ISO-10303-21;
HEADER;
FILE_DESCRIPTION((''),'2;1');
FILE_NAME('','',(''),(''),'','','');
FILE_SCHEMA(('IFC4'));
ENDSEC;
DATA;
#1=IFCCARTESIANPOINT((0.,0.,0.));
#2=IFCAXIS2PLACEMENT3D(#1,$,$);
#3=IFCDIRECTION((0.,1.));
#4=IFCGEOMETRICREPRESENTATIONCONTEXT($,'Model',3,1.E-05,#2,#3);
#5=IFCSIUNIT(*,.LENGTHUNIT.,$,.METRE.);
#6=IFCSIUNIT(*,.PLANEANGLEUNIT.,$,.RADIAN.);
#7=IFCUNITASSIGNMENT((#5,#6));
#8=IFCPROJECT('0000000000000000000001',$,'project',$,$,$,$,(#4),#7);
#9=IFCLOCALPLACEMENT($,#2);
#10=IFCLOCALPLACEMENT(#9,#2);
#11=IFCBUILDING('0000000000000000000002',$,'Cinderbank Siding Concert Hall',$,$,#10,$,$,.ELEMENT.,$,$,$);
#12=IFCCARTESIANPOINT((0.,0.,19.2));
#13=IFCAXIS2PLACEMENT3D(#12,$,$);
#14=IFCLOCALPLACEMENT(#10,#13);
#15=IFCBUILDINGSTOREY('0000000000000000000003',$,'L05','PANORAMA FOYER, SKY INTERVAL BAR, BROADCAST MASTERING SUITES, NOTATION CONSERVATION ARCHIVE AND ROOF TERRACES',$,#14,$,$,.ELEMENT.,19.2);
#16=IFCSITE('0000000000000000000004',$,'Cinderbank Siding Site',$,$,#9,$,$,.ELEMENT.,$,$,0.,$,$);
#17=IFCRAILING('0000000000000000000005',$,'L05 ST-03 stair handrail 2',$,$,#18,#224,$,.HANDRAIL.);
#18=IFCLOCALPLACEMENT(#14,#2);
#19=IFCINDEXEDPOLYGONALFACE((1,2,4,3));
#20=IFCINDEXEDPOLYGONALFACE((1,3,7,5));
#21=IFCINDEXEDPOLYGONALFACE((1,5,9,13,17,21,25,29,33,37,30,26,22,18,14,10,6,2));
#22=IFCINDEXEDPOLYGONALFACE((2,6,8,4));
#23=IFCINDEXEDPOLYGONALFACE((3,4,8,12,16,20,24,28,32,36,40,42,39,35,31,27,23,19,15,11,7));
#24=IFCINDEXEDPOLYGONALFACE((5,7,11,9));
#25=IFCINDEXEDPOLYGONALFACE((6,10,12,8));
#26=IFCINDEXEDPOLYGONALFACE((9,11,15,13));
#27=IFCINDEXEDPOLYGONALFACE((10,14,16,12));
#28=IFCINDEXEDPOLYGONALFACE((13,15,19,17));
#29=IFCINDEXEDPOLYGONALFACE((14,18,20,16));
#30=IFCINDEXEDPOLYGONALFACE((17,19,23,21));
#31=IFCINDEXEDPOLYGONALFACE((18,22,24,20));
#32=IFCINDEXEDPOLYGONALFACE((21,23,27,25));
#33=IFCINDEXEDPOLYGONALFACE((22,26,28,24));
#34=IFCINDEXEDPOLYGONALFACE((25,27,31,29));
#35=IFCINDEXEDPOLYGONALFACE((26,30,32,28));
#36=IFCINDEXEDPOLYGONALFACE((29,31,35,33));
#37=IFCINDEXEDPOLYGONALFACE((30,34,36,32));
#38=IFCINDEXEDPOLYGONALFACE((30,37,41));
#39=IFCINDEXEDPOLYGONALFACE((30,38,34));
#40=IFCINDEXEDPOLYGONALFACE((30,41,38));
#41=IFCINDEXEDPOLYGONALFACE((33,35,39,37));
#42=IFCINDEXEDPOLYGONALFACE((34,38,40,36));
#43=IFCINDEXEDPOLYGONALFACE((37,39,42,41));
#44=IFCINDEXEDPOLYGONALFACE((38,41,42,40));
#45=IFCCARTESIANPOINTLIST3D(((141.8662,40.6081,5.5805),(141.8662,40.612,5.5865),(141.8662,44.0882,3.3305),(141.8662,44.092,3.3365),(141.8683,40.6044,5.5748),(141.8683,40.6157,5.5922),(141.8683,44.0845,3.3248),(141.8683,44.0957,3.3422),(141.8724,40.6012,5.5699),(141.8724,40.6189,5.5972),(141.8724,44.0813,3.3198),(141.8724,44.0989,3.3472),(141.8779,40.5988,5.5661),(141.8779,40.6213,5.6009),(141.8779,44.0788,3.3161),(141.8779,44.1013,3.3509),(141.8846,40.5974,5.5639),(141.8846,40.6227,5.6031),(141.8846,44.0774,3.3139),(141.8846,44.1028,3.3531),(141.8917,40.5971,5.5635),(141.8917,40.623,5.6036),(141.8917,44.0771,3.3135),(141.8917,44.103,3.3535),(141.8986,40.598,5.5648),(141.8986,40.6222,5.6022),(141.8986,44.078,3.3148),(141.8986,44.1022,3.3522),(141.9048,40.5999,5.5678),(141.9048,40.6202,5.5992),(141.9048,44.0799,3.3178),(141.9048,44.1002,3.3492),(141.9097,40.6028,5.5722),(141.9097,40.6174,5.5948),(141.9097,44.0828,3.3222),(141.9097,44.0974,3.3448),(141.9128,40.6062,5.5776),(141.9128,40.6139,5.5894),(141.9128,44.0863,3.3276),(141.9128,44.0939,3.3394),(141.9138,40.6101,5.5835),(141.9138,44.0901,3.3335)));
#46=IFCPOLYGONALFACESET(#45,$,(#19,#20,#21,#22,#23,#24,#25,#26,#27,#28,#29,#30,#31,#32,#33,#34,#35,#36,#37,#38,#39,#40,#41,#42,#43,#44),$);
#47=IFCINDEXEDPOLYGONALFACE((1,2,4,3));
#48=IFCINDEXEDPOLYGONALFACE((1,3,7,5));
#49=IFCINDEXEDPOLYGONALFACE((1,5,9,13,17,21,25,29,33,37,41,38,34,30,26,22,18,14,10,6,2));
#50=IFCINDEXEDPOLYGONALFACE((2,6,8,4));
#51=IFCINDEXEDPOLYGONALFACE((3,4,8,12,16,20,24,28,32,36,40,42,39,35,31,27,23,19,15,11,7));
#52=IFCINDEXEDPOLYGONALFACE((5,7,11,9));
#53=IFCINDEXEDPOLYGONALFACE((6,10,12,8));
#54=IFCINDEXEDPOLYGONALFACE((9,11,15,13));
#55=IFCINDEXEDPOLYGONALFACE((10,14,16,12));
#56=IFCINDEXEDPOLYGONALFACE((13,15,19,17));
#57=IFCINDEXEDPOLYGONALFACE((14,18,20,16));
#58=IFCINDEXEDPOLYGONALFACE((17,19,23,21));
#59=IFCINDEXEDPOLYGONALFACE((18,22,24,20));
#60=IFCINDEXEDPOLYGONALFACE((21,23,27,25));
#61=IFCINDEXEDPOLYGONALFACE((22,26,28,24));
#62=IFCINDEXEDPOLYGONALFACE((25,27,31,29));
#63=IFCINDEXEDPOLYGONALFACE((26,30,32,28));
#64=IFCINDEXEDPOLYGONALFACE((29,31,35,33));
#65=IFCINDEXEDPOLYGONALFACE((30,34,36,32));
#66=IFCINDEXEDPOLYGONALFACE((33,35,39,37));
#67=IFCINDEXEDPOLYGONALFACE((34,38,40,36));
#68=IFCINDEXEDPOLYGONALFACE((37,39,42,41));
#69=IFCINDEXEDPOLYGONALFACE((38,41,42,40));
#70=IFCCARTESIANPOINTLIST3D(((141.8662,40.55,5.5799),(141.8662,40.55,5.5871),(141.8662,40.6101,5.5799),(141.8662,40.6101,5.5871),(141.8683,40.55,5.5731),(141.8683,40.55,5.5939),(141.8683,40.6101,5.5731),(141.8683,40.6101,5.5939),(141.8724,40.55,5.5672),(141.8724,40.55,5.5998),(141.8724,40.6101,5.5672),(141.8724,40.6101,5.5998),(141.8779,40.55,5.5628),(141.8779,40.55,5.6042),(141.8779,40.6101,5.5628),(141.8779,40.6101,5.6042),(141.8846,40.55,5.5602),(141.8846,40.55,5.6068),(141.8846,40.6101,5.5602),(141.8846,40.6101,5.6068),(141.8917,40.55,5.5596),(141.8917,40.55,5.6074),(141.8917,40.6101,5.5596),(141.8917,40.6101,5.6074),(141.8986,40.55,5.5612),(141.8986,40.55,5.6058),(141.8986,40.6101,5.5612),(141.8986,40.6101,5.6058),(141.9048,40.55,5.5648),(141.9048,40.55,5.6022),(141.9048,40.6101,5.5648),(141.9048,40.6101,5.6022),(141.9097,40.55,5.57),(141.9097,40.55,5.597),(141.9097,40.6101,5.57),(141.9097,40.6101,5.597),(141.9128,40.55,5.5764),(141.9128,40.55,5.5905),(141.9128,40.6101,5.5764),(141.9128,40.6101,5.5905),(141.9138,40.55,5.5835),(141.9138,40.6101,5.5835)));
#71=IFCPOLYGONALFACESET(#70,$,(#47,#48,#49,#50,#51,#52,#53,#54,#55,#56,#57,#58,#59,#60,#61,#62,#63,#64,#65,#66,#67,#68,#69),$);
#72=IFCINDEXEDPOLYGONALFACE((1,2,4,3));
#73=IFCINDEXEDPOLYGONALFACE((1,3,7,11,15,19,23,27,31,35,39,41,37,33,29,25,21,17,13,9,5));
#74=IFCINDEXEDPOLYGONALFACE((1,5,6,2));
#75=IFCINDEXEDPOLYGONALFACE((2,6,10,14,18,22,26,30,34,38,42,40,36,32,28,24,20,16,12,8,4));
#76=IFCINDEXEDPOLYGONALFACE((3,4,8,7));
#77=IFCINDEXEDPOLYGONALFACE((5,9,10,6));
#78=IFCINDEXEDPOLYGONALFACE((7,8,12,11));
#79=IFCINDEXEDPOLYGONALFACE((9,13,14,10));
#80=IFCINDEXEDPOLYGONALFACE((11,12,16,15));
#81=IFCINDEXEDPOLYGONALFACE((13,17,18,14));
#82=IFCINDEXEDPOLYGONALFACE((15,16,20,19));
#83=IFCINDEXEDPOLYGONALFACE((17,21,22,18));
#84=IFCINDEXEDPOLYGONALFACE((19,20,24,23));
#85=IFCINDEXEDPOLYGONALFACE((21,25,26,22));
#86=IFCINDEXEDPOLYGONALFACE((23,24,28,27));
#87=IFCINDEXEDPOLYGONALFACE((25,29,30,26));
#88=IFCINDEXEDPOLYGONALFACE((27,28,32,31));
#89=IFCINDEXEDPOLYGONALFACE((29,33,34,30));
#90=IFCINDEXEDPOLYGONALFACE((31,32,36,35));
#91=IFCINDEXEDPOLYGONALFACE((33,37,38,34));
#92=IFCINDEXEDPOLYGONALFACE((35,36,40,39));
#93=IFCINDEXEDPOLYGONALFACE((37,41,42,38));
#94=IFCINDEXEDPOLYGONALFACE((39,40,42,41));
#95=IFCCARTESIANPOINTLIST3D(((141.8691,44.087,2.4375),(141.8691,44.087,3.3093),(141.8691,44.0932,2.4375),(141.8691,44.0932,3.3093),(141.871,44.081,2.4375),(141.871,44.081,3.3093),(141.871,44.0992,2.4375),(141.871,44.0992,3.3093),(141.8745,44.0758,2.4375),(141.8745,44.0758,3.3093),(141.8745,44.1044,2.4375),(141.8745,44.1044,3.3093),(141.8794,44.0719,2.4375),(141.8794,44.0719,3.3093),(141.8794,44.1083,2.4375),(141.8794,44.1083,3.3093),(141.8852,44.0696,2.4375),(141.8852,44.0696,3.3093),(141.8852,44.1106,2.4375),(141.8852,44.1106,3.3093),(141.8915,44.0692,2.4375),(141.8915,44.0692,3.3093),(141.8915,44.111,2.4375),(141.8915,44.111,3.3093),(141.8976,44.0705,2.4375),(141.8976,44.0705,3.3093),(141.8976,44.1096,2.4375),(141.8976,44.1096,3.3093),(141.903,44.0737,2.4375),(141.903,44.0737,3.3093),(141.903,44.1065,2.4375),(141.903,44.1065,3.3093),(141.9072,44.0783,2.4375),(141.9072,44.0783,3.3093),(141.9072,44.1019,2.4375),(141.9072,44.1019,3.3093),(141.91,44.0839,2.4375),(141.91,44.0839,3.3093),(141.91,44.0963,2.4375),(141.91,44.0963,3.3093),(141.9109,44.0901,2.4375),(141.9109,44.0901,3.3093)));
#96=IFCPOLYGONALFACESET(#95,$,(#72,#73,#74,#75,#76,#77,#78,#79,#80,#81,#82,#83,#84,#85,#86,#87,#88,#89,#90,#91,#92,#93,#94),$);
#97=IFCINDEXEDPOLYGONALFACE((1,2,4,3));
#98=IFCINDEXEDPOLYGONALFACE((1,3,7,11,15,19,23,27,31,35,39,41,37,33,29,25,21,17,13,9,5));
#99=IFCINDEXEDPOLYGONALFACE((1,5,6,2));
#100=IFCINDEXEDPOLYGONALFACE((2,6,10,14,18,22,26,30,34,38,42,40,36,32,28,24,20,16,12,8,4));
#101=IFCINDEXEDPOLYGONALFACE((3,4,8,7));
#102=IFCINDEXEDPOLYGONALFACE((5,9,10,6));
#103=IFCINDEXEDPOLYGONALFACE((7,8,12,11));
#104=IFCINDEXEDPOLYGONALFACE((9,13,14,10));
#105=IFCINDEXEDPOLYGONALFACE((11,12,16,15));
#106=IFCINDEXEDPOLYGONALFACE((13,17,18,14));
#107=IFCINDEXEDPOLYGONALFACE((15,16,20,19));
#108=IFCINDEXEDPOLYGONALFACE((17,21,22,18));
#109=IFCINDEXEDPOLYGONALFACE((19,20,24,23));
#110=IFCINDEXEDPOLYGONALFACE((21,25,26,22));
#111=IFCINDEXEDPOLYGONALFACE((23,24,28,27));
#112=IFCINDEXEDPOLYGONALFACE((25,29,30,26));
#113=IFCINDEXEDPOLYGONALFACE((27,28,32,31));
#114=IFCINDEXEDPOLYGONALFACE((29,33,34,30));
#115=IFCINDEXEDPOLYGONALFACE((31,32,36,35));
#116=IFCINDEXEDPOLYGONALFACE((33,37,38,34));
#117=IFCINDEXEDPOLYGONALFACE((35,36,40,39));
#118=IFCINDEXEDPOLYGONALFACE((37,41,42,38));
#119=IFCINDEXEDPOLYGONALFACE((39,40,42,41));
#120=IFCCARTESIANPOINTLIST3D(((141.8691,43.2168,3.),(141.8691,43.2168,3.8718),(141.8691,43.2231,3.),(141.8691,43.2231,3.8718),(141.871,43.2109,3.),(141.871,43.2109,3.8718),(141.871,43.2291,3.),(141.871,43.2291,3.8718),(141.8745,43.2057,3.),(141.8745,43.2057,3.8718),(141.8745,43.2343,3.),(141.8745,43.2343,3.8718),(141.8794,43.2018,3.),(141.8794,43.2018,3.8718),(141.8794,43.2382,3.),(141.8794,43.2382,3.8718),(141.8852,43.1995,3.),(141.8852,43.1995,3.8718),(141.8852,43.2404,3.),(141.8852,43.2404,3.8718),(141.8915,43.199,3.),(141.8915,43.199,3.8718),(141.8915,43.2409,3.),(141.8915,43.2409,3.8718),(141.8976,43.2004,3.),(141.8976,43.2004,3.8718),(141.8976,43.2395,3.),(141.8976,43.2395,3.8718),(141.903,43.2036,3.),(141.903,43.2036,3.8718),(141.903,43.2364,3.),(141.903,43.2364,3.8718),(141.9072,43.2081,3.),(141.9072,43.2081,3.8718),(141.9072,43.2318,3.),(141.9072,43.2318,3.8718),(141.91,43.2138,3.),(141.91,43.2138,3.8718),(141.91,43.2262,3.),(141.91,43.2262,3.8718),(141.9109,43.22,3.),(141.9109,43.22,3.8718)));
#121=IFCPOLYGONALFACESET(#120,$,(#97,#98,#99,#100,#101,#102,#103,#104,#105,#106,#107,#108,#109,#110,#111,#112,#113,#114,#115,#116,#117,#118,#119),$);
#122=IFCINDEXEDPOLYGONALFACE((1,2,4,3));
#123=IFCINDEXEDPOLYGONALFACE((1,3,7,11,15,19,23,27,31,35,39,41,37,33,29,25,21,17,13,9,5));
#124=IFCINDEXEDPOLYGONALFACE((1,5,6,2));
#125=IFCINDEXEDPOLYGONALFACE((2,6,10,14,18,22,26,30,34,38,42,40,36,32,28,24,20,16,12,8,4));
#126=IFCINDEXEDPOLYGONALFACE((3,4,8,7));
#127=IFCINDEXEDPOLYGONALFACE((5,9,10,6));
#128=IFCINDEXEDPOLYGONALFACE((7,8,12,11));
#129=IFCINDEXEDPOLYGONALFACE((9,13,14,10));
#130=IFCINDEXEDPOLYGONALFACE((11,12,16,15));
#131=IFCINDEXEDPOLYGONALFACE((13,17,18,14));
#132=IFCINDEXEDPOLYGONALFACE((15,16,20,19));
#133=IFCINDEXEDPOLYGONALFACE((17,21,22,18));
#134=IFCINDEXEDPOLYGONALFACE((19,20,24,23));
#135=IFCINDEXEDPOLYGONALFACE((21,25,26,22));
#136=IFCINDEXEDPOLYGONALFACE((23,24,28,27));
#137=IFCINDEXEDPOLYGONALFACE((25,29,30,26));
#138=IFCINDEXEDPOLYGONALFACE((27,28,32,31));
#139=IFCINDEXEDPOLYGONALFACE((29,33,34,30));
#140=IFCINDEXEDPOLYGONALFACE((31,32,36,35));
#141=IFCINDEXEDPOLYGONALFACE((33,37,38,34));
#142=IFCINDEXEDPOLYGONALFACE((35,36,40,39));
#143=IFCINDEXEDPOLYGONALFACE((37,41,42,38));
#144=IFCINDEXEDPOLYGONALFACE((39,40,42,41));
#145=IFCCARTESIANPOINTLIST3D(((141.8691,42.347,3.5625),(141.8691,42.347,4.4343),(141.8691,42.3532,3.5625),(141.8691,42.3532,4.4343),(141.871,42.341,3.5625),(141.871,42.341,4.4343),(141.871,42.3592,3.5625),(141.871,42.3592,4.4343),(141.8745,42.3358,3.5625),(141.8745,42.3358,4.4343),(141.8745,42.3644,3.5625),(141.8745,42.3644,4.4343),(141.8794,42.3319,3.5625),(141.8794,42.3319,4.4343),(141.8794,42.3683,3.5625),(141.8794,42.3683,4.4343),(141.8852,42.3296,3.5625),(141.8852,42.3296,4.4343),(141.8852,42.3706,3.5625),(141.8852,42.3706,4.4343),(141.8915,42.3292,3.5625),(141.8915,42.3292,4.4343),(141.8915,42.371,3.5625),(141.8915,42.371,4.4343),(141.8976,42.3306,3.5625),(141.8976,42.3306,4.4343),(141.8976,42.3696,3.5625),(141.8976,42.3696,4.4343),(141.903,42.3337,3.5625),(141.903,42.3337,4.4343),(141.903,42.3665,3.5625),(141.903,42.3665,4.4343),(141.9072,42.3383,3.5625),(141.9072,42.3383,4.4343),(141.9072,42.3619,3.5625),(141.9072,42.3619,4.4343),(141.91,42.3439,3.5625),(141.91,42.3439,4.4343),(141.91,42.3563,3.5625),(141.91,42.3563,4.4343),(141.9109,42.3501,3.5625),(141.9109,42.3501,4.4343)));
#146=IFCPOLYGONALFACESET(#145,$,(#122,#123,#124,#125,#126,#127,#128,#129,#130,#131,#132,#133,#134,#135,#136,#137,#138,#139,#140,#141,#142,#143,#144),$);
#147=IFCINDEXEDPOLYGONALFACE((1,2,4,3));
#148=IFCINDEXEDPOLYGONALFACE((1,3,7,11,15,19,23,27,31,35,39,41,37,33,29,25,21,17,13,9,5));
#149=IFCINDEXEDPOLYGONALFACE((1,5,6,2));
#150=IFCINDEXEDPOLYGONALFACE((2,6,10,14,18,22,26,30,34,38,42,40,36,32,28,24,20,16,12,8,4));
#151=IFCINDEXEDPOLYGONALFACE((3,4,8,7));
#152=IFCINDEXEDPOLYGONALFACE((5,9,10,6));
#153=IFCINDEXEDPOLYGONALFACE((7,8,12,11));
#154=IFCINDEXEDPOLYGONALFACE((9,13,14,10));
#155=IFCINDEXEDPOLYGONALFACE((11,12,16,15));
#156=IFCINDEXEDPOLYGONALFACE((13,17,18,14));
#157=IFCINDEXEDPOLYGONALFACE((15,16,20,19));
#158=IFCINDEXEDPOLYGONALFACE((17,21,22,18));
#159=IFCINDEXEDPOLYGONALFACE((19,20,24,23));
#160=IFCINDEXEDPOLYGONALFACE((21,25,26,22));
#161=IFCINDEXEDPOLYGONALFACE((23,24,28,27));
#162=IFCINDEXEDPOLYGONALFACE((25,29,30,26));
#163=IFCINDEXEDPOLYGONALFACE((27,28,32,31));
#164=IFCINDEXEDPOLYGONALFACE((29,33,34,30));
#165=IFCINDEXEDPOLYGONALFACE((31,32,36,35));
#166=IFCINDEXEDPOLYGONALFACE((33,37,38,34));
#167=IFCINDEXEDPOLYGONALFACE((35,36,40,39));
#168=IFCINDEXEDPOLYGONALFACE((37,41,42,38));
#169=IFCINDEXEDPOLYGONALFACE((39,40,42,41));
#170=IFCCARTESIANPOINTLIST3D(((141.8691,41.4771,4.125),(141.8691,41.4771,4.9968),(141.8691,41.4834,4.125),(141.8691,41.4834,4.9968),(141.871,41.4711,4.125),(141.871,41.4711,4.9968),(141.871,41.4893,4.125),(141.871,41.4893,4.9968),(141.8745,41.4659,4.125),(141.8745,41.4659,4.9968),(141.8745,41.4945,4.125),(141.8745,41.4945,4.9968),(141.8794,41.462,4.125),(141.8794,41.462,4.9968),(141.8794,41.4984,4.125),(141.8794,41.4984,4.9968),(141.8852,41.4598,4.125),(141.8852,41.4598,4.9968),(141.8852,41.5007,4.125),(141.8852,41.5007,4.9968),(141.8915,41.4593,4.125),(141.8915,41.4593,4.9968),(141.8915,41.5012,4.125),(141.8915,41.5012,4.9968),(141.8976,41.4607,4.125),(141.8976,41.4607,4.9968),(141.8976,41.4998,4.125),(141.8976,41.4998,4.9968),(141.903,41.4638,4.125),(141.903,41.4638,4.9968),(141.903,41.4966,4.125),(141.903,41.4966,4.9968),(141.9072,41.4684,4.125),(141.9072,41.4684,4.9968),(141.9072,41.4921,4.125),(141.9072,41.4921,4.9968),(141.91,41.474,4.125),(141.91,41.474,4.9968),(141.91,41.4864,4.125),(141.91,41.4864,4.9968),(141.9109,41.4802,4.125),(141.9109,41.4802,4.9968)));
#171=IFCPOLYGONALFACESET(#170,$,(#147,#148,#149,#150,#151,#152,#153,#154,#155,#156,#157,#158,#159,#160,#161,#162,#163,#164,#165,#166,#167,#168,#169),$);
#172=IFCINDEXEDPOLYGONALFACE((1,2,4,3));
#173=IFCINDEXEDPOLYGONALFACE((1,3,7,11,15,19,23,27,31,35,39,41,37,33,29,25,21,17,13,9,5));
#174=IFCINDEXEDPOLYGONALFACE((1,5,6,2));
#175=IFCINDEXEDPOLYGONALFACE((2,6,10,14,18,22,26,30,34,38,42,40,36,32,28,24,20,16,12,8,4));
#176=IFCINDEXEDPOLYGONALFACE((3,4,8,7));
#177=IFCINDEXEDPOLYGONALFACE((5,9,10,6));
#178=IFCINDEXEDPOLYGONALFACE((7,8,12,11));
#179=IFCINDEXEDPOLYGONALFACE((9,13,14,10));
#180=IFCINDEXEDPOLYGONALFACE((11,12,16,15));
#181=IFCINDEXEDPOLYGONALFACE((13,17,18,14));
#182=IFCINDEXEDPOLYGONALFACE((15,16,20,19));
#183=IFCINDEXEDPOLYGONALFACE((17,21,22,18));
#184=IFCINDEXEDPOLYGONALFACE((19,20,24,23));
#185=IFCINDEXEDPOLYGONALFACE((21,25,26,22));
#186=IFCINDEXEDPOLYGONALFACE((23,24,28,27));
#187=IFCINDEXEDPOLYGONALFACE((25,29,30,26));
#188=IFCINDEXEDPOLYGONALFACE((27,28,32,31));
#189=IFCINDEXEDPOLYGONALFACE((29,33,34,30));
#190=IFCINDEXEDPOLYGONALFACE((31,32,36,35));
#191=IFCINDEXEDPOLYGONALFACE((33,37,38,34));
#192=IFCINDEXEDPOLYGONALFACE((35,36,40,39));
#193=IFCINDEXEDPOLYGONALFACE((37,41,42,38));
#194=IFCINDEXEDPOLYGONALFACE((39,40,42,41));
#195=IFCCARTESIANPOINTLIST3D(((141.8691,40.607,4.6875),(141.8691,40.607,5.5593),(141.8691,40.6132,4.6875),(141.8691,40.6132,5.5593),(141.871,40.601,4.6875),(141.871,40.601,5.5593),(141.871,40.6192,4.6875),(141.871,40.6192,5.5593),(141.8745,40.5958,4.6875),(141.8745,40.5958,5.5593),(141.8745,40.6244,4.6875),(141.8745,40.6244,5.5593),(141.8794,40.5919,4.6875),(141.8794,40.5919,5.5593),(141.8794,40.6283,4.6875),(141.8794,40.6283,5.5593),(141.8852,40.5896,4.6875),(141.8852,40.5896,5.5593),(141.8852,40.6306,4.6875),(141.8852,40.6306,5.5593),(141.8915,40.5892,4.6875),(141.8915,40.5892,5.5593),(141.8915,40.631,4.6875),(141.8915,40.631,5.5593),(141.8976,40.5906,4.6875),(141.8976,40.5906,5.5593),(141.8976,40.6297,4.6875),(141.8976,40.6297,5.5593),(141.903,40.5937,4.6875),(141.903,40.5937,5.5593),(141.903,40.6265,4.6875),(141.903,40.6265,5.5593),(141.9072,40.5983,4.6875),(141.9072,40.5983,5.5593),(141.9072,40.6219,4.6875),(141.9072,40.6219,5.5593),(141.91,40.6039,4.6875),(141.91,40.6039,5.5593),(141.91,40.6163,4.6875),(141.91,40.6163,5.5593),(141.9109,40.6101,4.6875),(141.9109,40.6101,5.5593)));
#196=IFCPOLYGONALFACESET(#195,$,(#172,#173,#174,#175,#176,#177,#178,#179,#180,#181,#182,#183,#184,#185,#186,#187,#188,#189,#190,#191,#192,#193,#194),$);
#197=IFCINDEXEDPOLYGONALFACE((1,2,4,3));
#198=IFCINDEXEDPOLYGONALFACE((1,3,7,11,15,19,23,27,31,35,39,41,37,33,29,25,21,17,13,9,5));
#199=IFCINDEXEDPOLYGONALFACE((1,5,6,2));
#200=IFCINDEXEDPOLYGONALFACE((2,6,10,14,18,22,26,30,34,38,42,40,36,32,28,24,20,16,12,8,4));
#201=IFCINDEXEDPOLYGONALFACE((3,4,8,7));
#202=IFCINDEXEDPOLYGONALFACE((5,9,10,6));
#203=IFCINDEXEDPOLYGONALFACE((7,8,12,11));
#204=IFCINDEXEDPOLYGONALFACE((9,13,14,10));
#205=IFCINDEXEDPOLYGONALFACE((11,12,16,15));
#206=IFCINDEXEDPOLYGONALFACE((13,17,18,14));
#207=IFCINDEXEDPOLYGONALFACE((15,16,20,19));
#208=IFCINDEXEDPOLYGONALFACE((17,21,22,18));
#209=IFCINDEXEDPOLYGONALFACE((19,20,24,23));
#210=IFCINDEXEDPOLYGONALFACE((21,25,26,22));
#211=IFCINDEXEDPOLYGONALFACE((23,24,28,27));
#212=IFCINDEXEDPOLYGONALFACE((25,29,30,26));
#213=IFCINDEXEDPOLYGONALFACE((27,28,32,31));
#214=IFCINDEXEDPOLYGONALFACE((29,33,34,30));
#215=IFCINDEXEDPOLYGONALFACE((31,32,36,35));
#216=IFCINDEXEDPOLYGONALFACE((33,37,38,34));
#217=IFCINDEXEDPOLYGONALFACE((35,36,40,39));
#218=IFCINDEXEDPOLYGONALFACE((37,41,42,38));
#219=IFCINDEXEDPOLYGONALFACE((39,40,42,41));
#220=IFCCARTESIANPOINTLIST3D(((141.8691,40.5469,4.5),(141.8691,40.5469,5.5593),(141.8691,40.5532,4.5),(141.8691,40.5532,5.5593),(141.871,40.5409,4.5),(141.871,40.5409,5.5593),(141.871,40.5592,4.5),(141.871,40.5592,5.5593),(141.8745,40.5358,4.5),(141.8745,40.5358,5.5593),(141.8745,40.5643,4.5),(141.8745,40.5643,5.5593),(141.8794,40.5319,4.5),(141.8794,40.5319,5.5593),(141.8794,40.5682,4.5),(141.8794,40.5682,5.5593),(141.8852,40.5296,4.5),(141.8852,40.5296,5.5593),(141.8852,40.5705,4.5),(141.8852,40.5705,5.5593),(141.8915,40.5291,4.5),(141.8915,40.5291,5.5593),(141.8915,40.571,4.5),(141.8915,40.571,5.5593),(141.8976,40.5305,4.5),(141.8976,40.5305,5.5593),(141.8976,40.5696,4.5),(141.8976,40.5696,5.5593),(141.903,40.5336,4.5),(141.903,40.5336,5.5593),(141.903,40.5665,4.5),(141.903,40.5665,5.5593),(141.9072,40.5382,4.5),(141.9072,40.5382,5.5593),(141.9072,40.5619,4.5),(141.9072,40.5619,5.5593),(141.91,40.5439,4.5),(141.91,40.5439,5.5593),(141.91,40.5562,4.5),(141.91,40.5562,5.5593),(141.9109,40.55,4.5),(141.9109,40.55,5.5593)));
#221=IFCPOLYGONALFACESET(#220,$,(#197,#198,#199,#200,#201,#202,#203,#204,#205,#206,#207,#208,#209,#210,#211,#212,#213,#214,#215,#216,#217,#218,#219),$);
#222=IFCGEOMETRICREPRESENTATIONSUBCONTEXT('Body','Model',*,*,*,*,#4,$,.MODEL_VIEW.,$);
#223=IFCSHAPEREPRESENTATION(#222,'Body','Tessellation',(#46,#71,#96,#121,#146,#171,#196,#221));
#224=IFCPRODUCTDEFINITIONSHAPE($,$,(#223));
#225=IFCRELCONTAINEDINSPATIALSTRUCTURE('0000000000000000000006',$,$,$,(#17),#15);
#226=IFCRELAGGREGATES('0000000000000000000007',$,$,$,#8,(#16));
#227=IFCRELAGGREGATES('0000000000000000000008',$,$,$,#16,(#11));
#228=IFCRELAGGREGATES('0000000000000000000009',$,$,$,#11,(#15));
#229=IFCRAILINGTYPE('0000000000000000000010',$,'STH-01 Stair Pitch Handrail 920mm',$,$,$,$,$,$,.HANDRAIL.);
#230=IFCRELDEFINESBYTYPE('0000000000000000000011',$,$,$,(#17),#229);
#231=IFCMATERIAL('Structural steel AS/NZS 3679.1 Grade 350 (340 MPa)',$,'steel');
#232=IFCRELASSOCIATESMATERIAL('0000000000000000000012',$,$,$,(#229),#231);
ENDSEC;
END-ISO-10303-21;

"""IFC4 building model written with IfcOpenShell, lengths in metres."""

from ifc_helpers import new_model, si_unit, direction, frame, origin, origin_2d, place, context, subcontext, project, spatial, circle, extrude, material, type_object, element, save


model = new_model("IFC4")

# Units and contexts
model_context = context("Model", 3, precision=1e-05, world=origin(), true_north=direction((0.0, 1.0)))
body_context = subcontext(model_context, "Body", "Model", "MODEL_VIEW")
ifc_project = project(units=[si_unit("LENGTHUNIT", "METRE"), si_unit("PLANEANGLEUNIT", "RADIAN")], contexts=[model_context])

# Site, building, storey
site_placement = place(None, origin())
site = spatial("IfcSite", under=ifc_project, at=site_placement, Name="Cinderbank Siding Site", CompositionType="ELEMENT", RefElevation=0.0)
building_placement = place(site_placement, origin())
building = spatial("IfcBuilding", under=site, at=building_placement, Name="Cinderbank Siding Concert Hall", CompositionType="ELEMENT")
storey_placement = place(building_placement, frame((0.0, 0.0, 19.2)))
storey = spatial("IfcBuildingStorey", under=building, at=storey_placement, Name="L05", Description="PANORAMA FOYER, SKY INTERVAL BAR, BROADCAST MASTERING SUITES, NOTATION CONSERVATION ARCHIVE AND ROOF TERRACES", CompositionType="ELEMENT", Elevation=19.2)

# Shared definitions
ifc_material_1 = material(Name="Structural steel AS/NZS 3679.1 Grade 350 (340 MPa)", Category="steel")

# Railing
railing_type_1 = type_object("IfcRailingType", Name="STH-01 Stair Pitch Handrail 920mm", PredefinedType="HANDRAIL", material=ifc_material_1)
railing_1_placement = place(storey_placement, frame((141.8899, 44.0901, 2.4375)))
element("IfcRailing", 1, at=railing_1_placement, inside=storey, type_object=railing_type_1, Name="L05 ST-03 stair handrail 2", PredefinedType="HANDRAIL", context=body_context, shape_type="SweptSolid", body=[
    extrude(circle(Radius=0.0239, at=origin_2d()), frame((0.0, 0.0, 0.896), z_axis=(0.0, -0.839763, 0.542953), x_axis=(1.0, 0.0, 0.0)), (0.0, 0.0, 1.0), 4.144),
    extrude(circle(Radius=0.0239, at=origin_2d()), frame((0.0, -3.48, 3.146), z_axis=(0.0, -1.0, 0.0), x_axis=(1.0, 0.0, 0.0)), (0.0, 0.0, 1.0), 0.0601),
    extrude(circle(Radius=0.021, at=origin_2d()), origin(), (0.0, 0.0, 1.0), 0.8718),
    extrude(circle(Radius=0.021, at=origin_2d()), frame((0.0, -0.8701, 0.5625)), (0.0, 0.0, 1.0), 0.8718),
    extrude(circle(Radius=0.021, at=origin_2d()), frame((0.0, -1.74, 1.125)), (0.0, 0.0, 1.0), 0.8718),
    extrude(circle(Radius=0.021, at=origin_2d()), frame((0.0, -2.6099, 1.6875)), (0.0, 0.0, 1.0), 0.8718),
    extrude(circle(Radius=0.021, at=origin_2d()), frame((0.0, -3.48, 2.25)), (0.0, 0.0, 1.0), 0.8718),
    extrude(circle(Radius=0.021, at=origin_2d()), frame((0.0, -3.54, 2.0625)), (0.0, 0.0, 1.0), 1.0593),
])

save(model, "model.ifc")
